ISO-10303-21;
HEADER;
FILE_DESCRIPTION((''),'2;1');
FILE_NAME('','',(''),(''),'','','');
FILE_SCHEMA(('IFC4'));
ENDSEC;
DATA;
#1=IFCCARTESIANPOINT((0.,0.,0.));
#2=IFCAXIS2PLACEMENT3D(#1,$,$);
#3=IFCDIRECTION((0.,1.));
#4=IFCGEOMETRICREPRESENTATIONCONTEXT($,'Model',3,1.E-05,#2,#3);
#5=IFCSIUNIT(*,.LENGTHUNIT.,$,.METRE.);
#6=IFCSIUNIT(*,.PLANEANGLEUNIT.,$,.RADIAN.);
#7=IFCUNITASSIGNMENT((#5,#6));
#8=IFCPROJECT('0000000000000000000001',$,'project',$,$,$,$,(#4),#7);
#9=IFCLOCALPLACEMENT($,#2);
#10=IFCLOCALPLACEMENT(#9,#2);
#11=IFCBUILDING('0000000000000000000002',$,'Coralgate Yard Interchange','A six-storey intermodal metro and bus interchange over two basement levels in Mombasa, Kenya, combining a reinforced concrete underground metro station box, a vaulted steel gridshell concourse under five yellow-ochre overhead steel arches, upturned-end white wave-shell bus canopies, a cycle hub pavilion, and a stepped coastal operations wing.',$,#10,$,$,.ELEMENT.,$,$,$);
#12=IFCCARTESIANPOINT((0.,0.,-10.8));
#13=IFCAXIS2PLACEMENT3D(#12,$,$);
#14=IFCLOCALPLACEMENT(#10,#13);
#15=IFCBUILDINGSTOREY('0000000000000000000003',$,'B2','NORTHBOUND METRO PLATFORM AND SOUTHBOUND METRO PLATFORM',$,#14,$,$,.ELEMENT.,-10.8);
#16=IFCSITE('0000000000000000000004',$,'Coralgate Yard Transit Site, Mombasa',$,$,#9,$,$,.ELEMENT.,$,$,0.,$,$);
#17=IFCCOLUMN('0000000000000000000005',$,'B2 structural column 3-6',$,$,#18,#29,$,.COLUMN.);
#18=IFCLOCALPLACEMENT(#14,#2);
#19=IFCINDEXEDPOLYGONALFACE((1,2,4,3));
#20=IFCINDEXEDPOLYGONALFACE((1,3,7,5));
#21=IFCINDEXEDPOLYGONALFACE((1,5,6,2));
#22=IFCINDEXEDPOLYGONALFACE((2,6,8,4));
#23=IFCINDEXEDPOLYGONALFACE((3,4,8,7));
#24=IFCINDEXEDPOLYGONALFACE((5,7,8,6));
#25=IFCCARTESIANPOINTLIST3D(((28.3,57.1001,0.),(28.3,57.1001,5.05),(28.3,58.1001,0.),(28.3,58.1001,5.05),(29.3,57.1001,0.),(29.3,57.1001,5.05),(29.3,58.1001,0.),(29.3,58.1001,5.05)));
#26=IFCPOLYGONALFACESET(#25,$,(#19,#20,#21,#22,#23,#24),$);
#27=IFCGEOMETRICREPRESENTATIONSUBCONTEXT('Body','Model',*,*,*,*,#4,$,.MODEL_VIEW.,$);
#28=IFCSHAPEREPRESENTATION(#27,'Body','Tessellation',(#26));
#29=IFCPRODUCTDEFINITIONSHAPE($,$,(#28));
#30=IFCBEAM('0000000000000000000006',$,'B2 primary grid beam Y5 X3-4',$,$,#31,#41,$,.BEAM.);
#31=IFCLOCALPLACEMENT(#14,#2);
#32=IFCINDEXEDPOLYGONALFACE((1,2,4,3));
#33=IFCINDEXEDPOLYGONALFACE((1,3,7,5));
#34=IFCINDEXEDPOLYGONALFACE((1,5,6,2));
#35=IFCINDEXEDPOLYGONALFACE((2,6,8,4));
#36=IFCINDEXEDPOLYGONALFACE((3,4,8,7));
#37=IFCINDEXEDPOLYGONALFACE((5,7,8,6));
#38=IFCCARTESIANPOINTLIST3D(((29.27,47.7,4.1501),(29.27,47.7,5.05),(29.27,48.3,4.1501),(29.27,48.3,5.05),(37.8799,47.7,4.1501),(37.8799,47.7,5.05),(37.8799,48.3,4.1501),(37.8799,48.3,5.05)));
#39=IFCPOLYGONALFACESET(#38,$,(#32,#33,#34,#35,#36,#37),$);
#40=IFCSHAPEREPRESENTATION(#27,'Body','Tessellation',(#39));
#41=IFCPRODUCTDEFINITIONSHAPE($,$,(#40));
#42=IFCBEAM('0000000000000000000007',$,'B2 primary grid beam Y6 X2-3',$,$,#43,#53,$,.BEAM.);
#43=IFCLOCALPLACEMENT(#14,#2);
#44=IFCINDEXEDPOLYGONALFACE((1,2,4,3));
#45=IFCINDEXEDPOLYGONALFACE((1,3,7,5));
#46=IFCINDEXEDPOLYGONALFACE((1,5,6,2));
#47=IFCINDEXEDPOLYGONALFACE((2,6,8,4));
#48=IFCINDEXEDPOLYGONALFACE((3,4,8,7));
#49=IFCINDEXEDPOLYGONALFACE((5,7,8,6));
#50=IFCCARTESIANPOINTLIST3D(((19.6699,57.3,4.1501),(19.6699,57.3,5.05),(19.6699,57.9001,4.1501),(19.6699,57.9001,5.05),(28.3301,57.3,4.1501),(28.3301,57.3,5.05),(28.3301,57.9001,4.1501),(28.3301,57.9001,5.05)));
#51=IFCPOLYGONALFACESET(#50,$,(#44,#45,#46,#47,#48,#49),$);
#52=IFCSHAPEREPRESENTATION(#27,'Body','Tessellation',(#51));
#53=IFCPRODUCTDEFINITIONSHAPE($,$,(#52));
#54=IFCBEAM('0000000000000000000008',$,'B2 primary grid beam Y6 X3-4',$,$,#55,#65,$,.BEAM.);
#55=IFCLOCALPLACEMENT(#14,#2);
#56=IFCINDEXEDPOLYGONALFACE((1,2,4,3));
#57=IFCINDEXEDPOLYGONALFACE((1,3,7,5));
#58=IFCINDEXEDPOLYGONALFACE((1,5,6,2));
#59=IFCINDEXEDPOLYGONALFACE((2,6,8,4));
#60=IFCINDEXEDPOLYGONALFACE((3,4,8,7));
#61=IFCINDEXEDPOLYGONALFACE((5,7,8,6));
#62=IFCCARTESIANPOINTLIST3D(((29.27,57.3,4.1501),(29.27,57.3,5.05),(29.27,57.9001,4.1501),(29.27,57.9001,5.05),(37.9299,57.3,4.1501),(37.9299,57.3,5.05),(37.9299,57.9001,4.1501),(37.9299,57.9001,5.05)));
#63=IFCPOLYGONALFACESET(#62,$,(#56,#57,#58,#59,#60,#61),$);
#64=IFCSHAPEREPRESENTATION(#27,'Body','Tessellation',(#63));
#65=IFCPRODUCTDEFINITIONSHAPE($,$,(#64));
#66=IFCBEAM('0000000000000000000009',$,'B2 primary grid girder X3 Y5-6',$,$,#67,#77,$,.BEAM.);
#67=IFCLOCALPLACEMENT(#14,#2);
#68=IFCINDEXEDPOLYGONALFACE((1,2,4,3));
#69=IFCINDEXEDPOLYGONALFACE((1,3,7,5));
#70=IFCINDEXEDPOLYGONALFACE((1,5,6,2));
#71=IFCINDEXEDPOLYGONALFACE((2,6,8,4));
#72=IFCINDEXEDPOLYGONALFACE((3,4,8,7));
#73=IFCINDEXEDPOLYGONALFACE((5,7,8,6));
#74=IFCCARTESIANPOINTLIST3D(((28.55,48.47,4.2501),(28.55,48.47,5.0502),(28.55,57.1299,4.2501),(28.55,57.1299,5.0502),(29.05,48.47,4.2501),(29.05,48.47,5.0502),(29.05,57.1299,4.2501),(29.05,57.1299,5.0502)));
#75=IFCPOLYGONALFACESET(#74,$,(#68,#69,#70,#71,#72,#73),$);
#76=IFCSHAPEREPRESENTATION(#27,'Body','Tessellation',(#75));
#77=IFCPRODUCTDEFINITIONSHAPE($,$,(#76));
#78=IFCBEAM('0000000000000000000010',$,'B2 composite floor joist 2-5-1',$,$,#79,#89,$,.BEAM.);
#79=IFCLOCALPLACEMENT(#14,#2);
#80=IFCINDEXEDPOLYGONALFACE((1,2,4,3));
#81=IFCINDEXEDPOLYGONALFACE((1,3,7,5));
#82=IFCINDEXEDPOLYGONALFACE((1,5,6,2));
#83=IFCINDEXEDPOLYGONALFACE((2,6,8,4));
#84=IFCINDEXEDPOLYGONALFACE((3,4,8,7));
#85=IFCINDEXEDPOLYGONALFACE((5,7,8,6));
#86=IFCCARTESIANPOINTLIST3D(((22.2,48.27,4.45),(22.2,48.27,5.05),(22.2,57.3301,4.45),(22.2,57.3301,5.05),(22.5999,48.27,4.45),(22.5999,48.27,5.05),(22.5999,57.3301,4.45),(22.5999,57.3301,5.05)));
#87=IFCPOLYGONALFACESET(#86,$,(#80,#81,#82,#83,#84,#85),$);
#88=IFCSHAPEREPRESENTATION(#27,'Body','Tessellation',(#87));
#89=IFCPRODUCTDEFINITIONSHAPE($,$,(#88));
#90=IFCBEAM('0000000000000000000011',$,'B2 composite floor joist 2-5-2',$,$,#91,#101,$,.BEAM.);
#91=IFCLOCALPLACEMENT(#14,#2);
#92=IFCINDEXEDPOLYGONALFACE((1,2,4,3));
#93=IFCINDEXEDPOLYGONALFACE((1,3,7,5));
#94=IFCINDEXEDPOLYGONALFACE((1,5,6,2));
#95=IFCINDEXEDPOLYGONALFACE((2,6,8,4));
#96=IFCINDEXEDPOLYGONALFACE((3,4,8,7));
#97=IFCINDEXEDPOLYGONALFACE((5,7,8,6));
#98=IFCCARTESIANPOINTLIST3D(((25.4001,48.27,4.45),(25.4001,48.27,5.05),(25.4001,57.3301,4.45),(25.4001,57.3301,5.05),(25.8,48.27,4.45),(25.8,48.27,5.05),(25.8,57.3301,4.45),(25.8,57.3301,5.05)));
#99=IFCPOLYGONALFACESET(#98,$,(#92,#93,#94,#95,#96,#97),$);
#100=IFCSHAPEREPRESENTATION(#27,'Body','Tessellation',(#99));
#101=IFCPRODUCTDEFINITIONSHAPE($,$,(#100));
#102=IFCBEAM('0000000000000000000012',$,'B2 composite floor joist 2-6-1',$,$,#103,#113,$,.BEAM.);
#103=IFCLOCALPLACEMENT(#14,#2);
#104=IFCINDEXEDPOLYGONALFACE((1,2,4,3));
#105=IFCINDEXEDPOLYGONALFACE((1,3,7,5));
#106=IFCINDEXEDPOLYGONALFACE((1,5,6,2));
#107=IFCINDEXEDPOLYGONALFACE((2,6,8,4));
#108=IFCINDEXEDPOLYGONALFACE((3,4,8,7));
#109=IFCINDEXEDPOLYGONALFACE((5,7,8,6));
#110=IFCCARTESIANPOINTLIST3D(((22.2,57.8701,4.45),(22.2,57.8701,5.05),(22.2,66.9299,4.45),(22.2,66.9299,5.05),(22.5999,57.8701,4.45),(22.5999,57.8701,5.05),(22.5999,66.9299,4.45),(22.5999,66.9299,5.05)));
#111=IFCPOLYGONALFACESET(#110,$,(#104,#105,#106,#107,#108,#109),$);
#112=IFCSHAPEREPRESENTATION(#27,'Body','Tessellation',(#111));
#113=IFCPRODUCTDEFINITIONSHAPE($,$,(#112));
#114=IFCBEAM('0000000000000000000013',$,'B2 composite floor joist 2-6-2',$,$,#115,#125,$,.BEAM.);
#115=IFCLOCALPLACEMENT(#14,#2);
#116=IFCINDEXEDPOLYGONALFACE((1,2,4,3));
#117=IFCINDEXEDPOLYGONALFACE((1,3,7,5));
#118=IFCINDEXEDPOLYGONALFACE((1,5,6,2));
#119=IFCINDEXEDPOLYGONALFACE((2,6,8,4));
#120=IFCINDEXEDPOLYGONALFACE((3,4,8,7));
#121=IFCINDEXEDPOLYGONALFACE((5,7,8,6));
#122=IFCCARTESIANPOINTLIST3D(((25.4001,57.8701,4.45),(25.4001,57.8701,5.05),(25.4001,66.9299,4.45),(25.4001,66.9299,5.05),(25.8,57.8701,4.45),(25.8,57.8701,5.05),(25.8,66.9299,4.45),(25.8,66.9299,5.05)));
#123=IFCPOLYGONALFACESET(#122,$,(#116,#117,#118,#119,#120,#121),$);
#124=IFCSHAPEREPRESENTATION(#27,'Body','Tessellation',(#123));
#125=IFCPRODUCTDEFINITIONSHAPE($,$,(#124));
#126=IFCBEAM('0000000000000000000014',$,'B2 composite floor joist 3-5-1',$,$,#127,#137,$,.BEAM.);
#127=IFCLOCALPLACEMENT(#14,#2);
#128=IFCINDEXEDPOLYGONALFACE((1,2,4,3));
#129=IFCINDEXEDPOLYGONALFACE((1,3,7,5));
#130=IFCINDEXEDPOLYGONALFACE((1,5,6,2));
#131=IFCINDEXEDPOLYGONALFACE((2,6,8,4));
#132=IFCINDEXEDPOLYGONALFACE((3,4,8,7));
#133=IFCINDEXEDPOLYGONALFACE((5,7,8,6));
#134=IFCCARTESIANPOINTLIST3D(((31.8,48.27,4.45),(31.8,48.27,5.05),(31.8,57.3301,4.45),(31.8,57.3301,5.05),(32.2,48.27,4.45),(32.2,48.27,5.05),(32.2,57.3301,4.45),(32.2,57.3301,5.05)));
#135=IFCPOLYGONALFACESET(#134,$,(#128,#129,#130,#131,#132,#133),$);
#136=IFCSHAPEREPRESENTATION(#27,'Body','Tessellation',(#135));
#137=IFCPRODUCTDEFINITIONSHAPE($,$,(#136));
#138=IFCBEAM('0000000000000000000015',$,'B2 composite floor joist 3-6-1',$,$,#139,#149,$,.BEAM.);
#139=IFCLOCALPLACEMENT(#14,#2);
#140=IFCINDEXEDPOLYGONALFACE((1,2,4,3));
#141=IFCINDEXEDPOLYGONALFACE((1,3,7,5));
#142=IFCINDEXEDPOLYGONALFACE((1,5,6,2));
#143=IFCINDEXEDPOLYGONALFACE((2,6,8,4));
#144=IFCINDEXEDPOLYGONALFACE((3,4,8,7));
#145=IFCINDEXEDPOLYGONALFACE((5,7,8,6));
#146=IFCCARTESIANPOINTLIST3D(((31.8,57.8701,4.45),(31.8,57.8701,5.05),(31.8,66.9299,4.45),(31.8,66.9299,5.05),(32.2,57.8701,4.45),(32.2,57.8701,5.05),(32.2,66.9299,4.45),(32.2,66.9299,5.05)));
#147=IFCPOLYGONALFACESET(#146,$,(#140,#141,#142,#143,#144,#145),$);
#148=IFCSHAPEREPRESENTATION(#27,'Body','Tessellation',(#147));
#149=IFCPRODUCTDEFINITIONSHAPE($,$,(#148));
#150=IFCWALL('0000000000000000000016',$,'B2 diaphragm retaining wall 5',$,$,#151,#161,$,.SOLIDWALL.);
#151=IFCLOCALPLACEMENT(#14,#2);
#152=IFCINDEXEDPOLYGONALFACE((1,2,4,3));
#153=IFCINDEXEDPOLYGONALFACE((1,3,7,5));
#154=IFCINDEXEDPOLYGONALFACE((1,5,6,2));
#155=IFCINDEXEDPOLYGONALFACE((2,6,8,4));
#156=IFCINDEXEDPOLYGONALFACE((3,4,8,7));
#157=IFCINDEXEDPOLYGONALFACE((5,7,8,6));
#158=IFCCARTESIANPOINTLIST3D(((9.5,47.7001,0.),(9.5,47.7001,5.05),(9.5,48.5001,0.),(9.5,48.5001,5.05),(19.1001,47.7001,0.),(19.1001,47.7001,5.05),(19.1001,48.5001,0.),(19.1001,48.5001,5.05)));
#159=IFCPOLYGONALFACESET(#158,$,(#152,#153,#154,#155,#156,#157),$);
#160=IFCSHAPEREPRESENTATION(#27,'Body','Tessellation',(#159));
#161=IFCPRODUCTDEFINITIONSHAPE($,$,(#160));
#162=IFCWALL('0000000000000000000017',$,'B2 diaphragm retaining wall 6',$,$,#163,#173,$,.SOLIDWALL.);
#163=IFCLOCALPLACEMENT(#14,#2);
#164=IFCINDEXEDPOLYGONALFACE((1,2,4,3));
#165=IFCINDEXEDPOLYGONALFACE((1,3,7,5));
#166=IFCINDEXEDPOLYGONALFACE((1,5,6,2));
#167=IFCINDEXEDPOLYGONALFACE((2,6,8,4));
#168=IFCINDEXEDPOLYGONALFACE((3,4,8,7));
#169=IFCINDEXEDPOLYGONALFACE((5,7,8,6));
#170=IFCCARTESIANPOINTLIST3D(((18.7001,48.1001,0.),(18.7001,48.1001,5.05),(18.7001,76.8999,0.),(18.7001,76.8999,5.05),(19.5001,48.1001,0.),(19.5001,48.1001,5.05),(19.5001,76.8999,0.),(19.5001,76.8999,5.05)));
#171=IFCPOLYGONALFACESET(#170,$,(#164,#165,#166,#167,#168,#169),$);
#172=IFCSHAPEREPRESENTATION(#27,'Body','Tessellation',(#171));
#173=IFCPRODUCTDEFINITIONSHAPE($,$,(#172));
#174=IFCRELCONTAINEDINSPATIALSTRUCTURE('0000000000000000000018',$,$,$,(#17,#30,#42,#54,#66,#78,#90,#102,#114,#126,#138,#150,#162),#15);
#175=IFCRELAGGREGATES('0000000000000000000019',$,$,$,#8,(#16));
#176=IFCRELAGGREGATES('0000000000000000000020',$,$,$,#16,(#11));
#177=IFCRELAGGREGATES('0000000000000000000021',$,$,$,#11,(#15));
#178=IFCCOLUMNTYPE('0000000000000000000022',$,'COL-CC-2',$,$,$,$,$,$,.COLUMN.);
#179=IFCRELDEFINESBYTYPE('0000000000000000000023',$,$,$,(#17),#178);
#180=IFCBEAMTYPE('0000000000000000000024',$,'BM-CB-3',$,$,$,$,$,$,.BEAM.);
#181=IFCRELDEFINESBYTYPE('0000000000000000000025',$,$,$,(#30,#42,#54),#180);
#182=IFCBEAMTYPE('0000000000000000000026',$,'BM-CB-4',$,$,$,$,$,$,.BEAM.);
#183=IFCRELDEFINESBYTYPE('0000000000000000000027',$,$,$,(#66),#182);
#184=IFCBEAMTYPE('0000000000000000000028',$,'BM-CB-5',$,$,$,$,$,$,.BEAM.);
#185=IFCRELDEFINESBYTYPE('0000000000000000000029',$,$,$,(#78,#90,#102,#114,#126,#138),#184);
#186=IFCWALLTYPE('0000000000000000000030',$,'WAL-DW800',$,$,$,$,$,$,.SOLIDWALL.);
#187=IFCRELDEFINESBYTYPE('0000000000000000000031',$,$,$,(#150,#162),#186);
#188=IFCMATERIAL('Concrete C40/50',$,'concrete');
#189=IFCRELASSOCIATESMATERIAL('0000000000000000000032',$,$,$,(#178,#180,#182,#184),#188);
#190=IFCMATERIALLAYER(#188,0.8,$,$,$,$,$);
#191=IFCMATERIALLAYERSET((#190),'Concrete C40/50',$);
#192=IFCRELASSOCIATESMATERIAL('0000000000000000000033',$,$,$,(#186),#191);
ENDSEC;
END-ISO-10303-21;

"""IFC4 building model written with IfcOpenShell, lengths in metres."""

from ifc_helpers import new_model, si_unit, direction, frame, frame_2d, origin, origin_2d, place, context, subcontext, project, spatial, rectangle, extrude, material, layer, layer_set, material_profile, profile_set, type_object, element, save


model = new_model("IFC4")

# Units and contexts
model_context = context("Model", 3, precision=1e-05, world=origin(), true_north=direction((0.0, 1.0)))
body_context = subcontext(model_context, "Body", "Model", "MODEL_VIEW")
ifc_project = project(units=[si_unit("LENGTHUNIT", "METRE"), si_unit("PLANEANGLEUNIT", "RADIAN")], contexts=[model_context])

# Site, building, storey
site_placement = place(None, origin())
site = spatial("IfcSite", under=ifc_project, at=site_placement, Name="Coralgate Yard Transit Site, Mombasa", CompositionType="ELEMENT", RefElevation=0.0)
building_placement = place(site_placement, origin())
building = spatial("IfcBuilding", under=site, at=building_placement, Name="Coralgate Yard Interchange", Description="A six-storey intermodal metro and bus interchange over two basement levels in Mombasa, Kenya, combining a reinforced concrete underground metro station box, a vaulted steel gridshell concourse under five yellow-ochre overhead steel arches, upturned-end white wave-shell bus canopies, a cycle hub pavilion, and a stepped coastal operations wing.", CompositionType="ELEMENT")
storey_placement = place(building_placement, frame((0.0, 0.0, -10.8)))
storey = spatial("IfcBuildingStorey", under=building, at=storey_placement, Name="B2", Description="NORTHBOUND METRO PLATFORM AND SOUTHBOUND METRO PLATFORM", CompositionType="ELEMENT", Elevation=-10.8)

# Shared definitions
ifc_material_1 = material(Name="Concrete C40/50", Category="concrete")

# Column
ifc_material_profile_1 = material_profile(ifc_material_1, rectangle(XDim=1.0, YDim=1.0, at=origin_2d()), Name="RC 1000x1000")
ifc_profile_set_1 = profile_set([ifc_material_profile_1], Name="Concrete C40/50")
column_type = type_object("IfcColumnType", Name="COL-CC-2", PredefinedType="COLUMN", material=ifc_profile_set_1)
for number, where, z_axis, x_axis, name in (
    (1, (28.8, 57.6001, 0.0), (0.0, 0.0, 1.0), (1.0, 0.0, 0.0), "B2 structural column 3-6"),
):
    element("IfcColumn", number, at=place(storey_placement, frame(where, z_axis=z_axis, x_axis=x_axis)), inside=storey, type_object=column_type, Name=name, PredefinedType="COLUMN", context=body_context, shape_type="SweptSolid", body=[
        extrude(rectangle(XDim=1.0, YDim=1.0, at=origin_2d()), origin(), (0.0, 0.0, 1.0), 5.05),
    ])

# Beams
ifc_material_profile_2 = material_profile(ifc_material_1, rectangle(XDim=0.6001, YDim=0.8999, at=origin_2d()), Name="RC 600x900")
ifc_profile_set_2 = profile_set([ifc_material_profile_2], Name="Concrete C40/50")
beam_type_1 = type_object("IfcBeamType", Name="BM-CB-3", PredefinedType="BEAM", material=ifc_profile_set_2)
beam_1_placement = place(storey_placement, frame((29.27, 48.0, 4.6001), z_axis=(1.0, 0.0, 0.0), x_axis=(0.0, 1.0, 0.0)))
element("IfcBeam", 2, at=beam_1_placement, inside=storey, type_object=beam_type_1, Name="B2 primary grid beam Y5 X3-4", PredefinedType="BEAM", context=body_context, shape_type="SweptSolid", body=[
    extrude(rectangle(XDim=0.6001, YDim=0.8999, at=origin_2d()), origin(), (0.0, 0.0, 1.0), 8.6099),
])
beam_2_placement = place(storey_placement, frame((19.6699, 57.6001, 4.6001), z_axis=(1.0, 0.0, 0.0), x_axis=(0.0, 1.0, 0.0)))
element("IfcBeam", 3, at=beam_2_placement, inside=storey, type_object=beam_type_1, Name="B2 primary grid beam Y6 X2-3", PredefinedType="BEAM", context=body_context, shape_type="SweptSolid", body=[
    extrude(rectangle(XDim=0.6001, YDim=0.8999, at=origin_2d()), origin(), (0.0, 0.0, 1.0), 8.6602),
])
beam_3_placement = place(storey_placement, frame((29.27, 57.6001, 4.6001), z_axis=(1.0, 0.0, 0.0), x_axis=(0.0, 1.0, 0.0)))
element("IfcBeam", 4, at=beam_3_placement, inside=storey, type_object=beam_type_1, Name="B2 primary grid beam Y6 X3-4", PredefinedType="BEAM", context=body_context, shape_type="SweptSolid", body=[
    extrude(rectangle(XDim=0.6001, YDim=0.8999, at=origin_2d()), origin(), (0.0, 0.0, 1.0), 8.6599),
])
ifc_material_profile_3 = material_profile(ifc_material_1, rectangle(XDim=0.5, YDim=0.8, at=origin_2d()), Name="RC 500x800")
ifc_profile_set_3 = profile_set([ifc_material_profile_3], Name="Concrete C40/50")
beam_type_2 = type_object("IfcBeamType", Name="BM-CB-4", PredefinedType="BEAM", material=ifc_profile_set_3)
beam_4_placement = place(storey_placement, frame((28.8, 48.47, 4.6501), z_axis=(0.0, 1.0, 0.0), x_axis=(-1.0, 0.0, 0.0)))
element("IfcBeam", 5, at=beam_4_placement, inside=storey, type_object=beam_type_2, Name="B2 primary grid girder X3 Y5-6", PredefinedType="BEAM", context=body_context, shape_type="SweptSolid", body=[
    extrude(rectangle(XDim=0.5, YDim=0.8, at=origin_2d()), origin(), (0.0, 0.0, 1.0), 8.6599),
])
ifc_material_profile_4 = material_profile(ifc_material_1, rectangle(XDim=0.3999, YDim=0.6001, at=origin_2d()), Name="RC 400x600")
ifc_profile_set_4 = profile_set([ifc_material_profile_4], Name="Concrete C40/50")
beam_type_3 = type_object("IfcBeamType", Name="BM-CB-5", PredefinedType="BEAM", material=ifc_profile_set_4)
for number, where, z_axis, x_axis, name in (
    (6, (22.3999, 48.27, 4.75), (0.0, 1.0, 0.0), (-1.0, 0.0, 0.0), "B2 composite floor joist 2-5-1"),
    (7, (25.6001, 48.27, 4.75), (0.0, 1.0, 0.0), (-1.0, 0.0, 0.0), "B2 composite floor joist 2-5-2"),
):
    element("IfcBeam", number, at=place(storey_placement, frame(where, z_axis=z_axis, x_axis=x_axis)), inside=storey, type_object=beam_type_3, Name=name, PredefinedType="BEAM", context=body_context, shape_type="SweptSolid", body=[
        extrude(rectangle(XDim=0.3999, YDim=0.6001, at=origin_2d()), origin(), (0.0, 0.0, 1.0), 9.0601),
    ])
for number, where, z_axis, x_axis, name in (
    (8, (22.3999, 57.8701, 4.75), (0.0, 1.0, 0.0), (-1.0, 0.0, 0.0), "B2 composite floor joist 2-6-1"),
    (9, (25.6001, 57.8701, 4.75), (0.0, 1.0, 0.0), (-1.0, 0.0, 0.0), "B2 composite floor joist 2-6-2"),
):
    element("IfcBeam", number, at=place(storey_placement, frame(where, z_axis=z_axis, x_axis=x_axis)), inside=storey, type_object=beam_type_3, Name=name, PredefinedType="BEAM", context=body_context, shape_type="SweptSolid", body=[
        extrude(rectangle(XDim=0.3999, YDim=0.6001, at=origin_2d()), origin(), (0.0, 0.0, 1.0), 9.0598),
    ])
beam_5_placement = place(storey_placement, frame((32.0, 48.27, 4.75), z_axis=(0.0, 1.0, 0.0), x_axis=(-1.0, 0.0, 0.0)))
element("IfcBeam", 10, at=beam_5_placement, inside=storey, type_object=beam_type_3, Name="B2 composite floor joist 3-5-1", PredefinedType="BEAM", context=body_context, shape_type="SweptSolid", body=[
    extrude(rectangle(XDim=0.3999, YDim=0.6001, at=origin_2d()), origin(), (0.0, 0.0, 1.0), 9.0601),
])
beam_6_placement = place(storey_placement, frame((32.0, 57.8701, 4.75), z_axis=(0.0, 1.0, 0.0), x_axis=(-1.0, 0.0, 0.0)))
element("IfcBeam", 11, at=beam_6_placement, inside=storey, type_object=beam_type_3, Name="B2 composite floor joist 3-6-1", PredefinedType="BEAM", context=body_context, shape_type="SweptSolid", body=[
    extrude(rectangle(XDim=0.3999, YDim=0.6001, at=origin_2d()), origin(), (0.0, 0.0, 1.0), 9.0598),
])

# Walls
ifc_layer = layer(ifc_material_1, 0.8)
ifc_layer_set = layer_set([ifc_layer], Name="Concrete C40/50")
wall_type = type_object("IfcWallType", Name="WAL-DW800", PredefinedType="SOLIDWALL", material=ifc_layer_set)
wall_1_placement = place(storey_placement, frame((9.5, 48.1001, 0.0), z_axis=(0.0, 0.0, 1.0), x_axis=(1.0, 0.0, 0.0)))
element("IfcWall", 12, at=wall_1_placement, inside=storey, type_object=wall_type, Name="B2 diaphragm retaining wall 5", PredefinedType="SOLIDWALL", context=body_context, shape_type="SweptSolid", body=[
    extrude(rectangle(XDim=9.6001, YDim=0.8, at=frame_2d((4.8, 0.0))), origin(), (0.0, 0.0, 1.0), 5.05),
])
wall_2_placement = place(storey_placement, frame((19.1001, 48.1001, 0.0), z_axis=(0.0, 0.0, 1.0), x_axis=(0.0, 1.0, 0.0)))
element("IfcWall", 13, at=wall_2_placement, inside=storey, type_object=wall_type, Name="B2 diaphragm retaining wall 6", PredefinedType="SOLIDWALL", context=body_context, shape_type="SweptSolid", body=[
    extrude(rectangle(XDim=28.7998, YDim=0.8, at=frame_2d((14.3999, 0.0))), origin(), (0.0, 0.0, 1.0), 5.05),
])

save(model, "model.ifc")
